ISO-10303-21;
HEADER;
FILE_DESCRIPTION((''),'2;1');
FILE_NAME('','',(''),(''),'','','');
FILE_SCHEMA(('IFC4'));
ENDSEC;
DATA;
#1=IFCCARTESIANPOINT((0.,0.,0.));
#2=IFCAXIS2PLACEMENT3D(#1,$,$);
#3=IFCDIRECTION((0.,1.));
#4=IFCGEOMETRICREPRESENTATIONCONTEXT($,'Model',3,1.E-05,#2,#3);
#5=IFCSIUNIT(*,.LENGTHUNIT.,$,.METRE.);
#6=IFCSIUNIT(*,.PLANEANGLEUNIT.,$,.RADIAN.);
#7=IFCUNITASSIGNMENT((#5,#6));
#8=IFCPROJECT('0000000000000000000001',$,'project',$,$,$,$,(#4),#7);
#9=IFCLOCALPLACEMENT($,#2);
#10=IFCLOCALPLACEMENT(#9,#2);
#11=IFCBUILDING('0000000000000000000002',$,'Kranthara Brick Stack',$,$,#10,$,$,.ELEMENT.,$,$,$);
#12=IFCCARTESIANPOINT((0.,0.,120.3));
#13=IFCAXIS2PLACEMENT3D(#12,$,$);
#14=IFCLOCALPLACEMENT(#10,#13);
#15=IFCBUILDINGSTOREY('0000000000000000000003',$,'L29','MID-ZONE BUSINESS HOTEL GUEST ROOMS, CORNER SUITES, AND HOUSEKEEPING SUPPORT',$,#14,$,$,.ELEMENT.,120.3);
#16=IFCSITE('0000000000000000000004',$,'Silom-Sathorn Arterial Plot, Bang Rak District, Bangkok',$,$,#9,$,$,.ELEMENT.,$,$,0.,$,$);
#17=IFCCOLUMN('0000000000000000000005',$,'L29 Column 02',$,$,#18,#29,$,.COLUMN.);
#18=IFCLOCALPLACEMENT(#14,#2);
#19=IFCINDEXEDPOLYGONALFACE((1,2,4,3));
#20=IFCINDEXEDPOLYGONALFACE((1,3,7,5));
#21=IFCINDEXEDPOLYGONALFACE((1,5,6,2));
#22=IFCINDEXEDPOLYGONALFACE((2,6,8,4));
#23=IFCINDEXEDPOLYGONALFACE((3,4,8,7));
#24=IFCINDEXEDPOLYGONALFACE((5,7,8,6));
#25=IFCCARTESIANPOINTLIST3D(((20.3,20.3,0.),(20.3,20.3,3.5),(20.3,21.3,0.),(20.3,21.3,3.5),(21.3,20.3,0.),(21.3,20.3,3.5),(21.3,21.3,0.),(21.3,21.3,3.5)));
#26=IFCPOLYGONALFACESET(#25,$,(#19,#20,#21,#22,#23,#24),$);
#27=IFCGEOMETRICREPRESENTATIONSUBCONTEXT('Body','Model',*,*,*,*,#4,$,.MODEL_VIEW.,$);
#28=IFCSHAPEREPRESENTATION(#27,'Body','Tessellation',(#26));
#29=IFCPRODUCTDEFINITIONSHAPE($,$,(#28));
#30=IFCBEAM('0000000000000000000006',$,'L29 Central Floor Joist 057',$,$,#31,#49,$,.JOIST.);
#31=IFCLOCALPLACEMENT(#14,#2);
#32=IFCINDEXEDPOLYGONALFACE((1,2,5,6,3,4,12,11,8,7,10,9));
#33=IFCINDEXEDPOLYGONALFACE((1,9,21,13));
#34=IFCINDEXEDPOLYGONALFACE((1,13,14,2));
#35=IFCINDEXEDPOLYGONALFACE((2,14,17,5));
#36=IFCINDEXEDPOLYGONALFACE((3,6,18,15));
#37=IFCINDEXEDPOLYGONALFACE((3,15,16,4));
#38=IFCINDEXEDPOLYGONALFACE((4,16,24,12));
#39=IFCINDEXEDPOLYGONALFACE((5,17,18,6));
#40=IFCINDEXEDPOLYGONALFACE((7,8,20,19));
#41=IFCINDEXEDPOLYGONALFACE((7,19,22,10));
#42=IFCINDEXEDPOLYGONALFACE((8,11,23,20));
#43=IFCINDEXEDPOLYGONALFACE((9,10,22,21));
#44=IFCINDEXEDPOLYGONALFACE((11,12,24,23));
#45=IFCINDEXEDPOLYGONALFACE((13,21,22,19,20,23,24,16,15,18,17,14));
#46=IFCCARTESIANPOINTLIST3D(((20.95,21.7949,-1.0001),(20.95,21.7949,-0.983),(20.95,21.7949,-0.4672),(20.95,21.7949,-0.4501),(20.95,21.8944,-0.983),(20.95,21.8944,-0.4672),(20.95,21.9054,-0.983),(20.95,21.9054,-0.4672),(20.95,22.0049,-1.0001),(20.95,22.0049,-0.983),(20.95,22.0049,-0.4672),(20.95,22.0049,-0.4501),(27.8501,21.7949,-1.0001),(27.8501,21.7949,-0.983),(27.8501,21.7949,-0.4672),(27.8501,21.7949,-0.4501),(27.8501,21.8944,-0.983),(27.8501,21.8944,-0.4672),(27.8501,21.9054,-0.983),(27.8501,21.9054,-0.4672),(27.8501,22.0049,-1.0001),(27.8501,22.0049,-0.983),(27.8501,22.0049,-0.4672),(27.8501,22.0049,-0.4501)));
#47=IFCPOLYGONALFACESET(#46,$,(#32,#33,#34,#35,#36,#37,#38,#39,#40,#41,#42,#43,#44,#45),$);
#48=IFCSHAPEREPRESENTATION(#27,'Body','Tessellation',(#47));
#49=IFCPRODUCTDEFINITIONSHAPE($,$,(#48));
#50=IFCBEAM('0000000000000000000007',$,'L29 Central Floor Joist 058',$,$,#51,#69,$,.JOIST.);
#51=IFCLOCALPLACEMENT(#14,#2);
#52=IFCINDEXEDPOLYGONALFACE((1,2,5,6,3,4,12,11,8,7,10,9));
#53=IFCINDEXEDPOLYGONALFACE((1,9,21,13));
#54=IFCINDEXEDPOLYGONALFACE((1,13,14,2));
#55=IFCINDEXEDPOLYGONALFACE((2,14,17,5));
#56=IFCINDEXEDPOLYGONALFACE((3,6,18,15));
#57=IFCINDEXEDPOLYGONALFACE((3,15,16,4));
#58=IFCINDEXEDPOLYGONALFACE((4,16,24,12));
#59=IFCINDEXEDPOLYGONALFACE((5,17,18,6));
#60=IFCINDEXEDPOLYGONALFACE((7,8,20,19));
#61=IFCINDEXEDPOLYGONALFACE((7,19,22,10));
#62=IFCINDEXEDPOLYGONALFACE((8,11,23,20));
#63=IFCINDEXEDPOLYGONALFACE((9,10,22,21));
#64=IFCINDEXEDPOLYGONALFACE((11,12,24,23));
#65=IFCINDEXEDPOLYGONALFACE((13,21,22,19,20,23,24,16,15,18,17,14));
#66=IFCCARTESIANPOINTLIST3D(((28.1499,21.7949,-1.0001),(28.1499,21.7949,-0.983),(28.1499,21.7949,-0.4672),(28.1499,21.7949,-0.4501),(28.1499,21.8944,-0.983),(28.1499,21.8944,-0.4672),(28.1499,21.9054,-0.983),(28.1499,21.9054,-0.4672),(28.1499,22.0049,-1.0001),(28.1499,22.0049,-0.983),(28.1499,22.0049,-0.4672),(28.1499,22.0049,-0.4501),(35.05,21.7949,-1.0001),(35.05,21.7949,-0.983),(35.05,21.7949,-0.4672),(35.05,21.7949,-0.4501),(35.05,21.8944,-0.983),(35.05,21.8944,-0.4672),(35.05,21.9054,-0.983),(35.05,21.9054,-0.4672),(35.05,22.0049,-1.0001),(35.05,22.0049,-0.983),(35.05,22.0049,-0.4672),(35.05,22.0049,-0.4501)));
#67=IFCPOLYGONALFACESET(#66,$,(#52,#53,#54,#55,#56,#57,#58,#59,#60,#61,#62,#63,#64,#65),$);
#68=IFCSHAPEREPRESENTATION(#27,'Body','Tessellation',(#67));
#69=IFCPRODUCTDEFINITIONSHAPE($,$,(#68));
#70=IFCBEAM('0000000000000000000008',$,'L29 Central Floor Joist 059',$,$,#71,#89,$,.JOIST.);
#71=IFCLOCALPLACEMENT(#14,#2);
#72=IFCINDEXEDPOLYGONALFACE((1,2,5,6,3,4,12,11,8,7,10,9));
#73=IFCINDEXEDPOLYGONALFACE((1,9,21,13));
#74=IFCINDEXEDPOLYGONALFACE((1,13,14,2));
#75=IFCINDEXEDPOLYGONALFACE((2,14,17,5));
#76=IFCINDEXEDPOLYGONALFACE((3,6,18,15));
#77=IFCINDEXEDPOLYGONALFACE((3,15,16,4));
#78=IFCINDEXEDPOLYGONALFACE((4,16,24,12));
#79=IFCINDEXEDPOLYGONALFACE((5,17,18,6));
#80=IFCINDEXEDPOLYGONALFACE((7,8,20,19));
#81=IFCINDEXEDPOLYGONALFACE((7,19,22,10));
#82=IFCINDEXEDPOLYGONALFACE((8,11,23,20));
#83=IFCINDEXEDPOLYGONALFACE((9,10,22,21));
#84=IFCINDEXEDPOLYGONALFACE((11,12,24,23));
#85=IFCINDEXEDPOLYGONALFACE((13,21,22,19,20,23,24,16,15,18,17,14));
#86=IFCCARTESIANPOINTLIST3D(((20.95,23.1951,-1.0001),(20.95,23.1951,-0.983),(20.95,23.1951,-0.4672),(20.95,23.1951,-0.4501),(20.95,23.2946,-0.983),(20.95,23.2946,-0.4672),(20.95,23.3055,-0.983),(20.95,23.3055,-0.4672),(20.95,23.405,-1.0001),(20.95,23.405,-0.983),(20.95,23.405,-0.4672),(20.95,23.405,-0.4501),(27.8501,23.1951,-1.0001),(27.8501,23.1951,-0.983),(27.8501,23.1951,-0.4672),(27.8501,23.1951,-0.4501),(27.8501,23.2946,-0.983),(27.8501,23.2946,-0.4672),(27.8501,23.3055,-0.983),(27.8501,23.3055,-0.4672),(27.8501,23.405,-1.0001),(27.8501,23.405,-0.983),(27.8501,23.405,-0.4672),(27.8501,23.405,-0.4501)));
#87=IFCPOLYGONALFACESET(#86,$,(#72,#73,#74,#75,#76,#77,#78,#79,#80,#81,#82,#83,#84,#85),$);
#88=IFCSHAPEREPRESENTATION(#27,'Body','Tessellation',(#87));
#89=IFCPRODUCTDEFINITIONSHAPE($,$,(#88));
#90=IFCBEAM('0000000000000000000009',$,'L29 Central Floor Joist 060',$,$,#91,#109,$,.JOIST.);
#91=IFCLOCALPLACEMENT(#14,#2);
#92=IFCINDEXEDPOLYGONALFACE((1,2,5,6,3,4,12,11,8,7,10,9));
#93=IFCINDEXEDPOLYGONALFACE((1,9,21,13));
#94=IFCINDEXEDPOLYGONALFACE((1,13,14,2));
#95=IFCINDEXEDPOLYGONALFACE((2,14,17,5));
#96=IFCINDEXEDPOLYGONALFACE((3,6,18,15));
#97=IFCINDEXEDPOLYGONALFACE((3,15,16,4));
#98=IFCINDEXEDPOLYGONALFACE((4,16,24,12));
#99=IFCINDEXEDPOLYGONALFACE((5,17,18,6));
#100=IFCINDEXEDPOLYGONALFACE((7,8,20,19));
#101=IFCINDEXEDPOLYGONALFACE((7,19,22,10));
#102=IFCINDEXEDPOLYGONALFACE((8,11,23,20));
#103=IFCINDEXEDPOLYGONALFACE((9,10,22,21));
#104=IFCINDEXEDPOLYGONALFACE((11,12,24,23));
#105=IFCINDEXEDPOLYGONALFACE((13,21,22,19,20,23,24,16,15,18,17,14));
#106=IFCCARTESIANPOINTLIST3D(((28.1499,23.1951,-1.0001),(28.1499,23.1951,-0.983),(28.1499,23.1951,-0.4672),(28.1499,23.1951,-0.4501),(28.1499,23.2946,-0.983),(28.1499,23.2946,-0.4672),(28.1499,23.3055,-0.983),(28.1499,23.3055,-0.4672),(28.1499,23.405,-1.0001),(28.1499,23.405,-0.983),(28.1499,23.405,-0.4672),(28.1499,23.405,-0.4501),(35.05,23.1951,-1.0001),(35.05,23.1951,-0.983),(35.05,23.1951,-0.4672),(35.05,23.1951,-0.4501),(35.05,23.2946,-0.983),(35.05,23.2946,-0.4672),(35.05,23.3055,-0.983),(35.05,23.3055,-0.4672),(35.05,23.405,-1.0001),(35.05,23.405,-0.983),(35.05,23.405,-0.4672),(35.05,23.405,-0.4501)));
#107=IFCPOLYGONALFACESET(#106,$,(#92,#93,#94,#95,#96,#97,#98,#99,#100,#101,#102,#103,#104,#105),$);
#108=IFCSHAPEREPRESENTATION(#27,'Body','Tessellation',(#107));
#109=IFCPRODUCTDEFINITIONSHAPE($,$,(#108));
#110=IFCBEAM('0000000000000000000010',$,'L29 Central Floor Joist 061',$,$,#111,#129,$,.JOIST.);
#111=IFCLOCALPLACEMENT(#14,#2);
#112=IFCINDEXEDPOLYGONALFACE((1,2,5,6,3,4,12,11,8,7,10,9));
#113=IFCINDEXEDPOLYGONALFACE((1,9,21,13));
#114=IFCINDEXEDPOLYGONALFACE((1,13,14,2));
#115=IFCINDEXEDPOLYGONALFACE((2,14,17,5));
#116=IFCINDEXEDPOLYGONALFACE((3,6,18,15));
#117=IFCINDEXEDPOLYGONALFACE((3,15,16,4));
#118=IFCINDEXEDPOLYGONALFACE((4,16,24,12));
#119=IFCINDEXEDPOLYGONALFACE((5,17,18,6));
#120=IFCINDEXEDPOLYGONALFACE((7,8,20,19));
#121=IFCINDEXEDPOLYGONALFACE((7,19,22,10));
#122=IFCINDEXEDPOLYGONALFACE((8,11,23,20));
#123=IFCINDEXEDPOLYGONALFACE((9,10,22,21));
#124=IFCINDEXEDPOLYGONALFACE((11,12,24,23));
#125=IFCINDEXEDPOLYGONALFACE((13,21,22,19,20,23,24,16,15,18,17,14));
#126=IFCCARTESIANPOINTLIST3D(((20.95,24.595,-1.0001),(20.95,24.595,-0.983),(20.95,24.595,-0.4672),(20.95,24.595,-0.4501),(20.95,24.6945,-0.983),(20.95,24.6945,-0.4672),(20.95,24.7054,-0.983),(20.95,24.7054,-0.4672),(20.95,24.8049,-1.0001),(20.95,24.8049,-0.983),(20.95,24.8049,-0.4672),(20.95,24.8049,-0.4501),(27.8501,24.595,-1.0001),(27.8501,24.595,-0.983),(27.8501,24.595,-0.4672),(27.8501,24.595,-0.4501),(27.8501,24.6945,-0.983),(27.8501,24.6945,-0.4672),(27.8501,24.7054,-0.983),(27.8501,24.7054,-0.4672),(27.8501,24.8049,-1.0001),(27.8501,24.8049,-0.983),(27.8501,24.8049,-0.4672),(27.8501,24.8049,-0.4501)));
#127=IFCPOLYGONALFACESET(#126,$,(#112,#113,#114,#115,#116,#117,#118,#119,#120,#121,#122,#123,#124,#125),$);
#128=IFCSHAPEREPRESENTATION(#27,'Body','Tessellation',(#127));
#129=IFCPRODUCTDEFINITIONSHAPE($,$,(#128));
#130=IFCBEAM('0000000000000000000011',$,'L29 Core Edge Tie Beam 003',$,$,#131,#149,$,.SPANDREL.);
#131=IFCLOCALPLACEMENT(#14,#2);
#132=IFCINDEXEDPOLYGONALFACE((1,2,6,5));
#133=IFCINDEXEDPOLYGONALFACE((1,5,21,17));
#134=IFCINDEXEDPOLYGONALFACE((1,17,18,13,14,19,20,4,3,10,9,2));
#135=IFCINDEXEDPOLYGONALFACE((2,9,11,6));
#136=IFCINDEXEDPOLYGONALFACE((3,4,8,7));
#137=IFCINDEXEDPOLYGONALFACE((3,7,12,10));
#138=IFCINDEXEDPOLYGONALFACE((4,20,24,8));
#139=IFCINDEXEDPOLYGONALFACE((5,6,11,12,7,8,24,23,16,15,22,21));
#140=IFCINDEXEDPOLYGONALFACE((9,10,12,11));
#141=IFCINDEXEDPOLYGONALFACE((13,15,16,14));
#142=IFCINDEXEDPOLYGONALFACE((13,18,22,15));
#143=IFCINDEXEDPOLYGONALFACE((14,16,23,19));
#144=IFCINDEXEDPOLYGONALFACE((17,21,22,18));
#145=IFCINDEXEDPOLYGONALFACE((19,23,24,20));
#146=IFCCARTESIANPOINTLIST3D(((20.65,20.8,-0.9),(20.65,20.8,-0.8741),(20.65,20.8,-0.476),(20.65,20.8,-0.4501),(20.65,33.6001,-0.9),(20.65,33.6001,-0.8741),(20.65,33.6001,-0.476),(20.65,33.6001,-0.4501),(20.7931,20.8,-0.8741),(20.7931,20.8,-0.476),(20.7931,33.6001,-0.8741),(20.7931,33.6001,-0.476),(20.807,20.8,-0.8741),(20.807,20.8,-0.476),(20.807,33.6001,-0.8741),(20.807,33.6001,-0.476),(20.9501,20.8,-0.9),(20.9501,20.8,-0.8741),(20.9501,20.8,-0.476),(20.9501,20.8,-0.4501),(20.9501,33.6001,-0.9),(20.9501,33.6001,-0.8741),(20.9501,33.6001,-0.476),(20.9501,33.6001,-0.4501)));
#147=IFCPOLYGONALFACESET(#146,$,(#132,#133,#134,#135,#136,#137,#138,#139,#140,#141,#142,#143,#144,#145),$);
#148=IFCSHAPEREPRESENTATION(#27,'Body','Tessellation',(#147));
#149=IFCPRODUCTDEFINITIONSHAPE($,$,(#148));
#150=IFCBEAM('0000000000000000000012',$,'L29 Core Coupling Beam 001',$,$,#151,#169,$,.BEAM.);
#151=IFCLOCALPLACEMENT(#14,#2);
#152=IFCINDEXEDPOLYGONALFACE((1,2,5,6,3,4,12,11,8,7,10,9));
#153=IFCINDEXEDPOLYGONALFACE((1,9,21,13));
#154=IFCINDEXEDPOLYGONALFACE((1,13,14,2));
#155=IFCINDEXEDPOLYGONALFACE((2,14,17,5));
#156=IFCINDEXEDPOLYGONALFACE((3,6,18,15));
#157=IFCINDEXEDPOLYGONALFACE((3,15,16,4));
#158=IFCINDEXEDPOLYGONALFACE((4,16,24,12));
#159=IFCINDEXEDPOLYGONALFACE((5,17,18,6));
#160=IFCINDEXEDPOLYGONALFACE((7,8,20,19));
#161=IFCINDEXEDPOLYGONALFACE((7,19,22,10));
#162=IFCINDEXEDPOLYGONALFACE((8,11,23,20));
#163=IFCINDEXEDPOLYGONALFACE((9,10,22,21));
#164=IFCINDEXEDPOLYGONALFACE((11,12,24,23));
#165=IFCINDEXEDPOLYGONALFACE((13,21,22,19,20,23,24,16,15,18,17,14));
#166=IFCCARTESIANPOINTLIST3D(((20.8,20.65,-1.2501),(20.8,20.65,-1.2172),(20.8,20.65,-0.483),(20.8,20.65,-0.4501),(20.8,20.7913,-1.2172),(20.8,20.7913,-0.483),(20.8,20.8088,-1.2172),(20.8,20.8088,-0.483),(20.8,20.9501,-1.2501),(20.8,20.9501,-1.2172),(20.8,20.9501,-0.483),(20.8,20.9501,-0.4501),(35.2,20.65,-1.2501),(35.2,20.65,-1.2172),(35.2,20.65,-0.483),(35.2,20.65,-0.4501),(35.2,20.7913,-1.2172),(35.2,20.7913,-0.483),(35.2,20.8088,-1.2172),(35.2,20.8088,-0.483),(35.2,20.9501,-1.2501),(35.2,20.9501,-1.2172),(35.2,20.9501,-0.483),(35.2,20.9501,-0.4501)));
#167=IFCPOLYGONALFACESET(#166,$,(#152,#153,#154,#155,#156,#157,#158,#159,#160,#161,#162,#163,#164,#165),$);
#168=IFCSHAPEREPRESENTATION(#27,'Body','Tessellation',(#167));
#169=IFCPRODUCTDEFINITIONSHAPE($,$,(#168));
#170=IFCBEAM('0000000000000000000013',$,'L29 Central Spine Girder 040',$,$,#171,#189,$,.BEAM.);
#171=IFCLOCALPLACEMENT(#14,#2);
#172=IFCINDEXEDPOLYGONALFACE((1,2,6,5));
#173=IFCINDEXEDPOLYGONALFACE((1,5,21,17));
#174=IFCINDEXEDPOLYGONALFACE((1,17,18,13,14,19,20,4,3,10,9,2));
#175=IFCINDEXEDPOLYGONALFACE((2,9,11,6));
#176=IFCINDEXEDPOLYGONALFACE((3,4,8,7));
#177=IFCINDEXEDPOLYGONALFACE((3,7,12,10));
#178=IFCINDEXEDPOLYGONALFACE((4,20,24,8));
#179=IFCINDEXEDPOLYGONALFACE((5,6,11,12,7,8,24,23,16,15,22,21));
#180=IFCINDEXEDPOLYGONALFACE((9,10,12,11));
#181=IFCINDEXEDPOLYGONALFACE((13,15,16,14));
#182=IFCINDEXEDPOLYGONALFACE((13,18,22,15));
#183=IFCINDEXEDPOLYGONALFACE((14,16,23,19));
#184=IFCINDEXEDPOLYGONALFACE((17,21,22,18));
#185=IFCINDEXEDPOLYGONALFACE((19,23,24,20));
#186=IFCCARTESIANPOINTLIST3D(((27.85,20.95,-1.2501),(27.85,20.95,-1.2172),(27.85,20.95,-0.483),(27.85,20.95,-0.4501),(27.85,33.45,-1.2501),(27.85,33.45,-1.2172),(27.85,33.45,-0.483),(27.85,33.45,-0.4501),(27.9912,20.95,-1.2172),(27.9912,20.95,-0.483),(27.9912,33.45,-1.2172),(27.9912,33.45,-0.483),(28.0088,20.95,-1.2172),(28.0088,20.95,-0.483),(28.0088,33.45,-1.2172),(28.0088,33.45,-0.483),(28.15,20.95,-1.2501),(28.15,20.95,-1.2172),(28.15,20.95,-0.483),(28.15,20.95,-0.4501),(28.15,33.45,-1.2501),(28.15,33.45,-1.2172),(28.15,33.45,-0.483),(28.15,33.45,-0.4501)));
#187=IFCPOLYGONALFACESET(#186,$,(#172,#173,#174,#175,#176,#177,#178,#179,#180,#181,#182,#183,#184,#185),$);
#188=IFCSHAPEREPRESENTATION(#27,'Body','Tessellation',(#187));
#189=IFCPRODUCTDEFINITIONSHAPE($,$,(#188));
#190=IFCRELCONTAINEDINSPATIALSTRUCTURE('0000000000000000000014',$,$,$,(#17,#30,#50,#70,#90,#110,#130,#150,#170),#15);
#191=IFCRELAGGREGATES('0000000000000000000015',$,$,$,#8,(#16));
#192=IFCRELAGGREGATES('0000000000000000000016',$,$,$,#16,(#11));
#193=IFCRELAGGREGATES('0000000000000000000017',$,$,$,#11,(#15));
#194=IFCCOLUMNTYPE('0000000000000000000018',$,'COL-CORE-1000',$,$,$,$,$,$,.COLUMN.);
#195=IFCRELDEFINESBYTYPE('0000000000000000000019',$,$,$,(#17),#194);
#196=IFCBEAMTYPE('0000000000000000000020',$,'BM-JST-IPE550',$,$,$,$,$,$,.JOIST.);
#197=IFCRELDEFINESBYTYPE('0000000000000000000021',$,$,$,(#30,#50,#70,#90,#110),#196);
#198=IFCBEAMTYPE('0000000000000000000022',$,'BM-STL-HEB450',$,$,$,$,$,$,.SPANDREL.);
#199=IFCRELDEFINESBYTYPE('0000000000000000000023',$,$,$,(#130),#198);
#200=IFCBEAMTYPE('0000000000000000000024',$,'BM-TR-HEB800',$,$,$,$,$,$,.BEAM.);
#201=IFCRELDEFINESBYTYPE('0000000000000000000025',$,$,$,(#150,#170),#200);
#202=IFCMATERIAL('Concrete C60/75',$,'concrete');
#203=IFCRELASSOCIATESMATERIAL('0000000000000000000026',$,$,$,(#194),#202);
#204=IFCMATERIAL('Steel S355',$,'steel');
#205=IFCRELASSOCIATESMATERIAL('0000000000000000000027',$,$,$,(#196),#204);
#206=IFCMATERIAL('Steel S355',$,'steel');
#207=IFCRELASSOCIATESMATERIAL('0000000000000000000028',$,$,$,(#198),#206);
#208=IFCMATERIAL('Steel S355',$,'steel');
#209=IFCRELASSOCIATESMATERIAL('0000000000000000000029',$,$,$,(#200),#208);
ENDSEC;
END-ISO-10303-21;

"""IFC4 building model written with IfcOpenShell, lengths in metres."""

from ifc_helpers import new_model, si_unit, direction, frame, origin, origin_2d, place, context, subcontext, project, spatial, rectangle, i_section, extrude, material, material_profile, profile_set, type_object, element, save


model = new_model("IFC4")

# Units and contexts
model_context = context("Model", 3, precision=1e-05, world=origin(), true_north=direction((0.0, 1.0)))
body_context = subcontext(model_context, "Body", "Model", "MODEL_VIEW")
ifc_project = project(units=[si_unit("LENGTHUNIT", "METRE"), si_unit("PLANEANGLEUNIT", "RADIAN")], contexts=[model_context])

# Site, building, storey
site_placement = place(None, origin())
site = spatial("IfcSite", under=ifc_project, at=site_placement, Name="Silom-Sathorn Arterial Plot, Bang Rak District, Bangkok", CompositionType="ELEMENT", RefElevation=0.0)
building_placement = place(site_placement, origin())
building = spatial("IfcBuilding", under=site, at=building_placement, Name="Kranthara Brick Stack", CompositionType="ELEMENT")
storey_placement = place(building_placement, frame((0.0, 0.0, 120.3)))
storey = spatial("IfcBuildingStorey", under=building, at=storey_placement, Name="L29", Description="MID-ZONE BUSINESS HOTEL GUEST ROOMS, CORNER SUITES, AND HOUSEKEEPING SUPPORT", CompositionType="ELEMENT", Elevation=120.3)

# Column
ifc_material_1 = material(Name="Concrete C60/75", Category="concrete")
ifc_material_profile_1 = material_profile(ifc_material_1, rectangle(XDim=1.0, YDim=1.0, at=origin_2d()), Name="RC 1000x1000")
ifc_profile_set_1 = profile_set([ifc_material_profile_1], Name="Concrete C60/75")
column_type = type_object("IfcColumnType", Name="COL-CORE-1000", PredefinedType="COLUMN", material=ifc_profile_set_1)
column_placement = place(storey_placement, frame((20.8, 20.8, 0.0), z_axis=(0.0, 0.0, 1.0), x_axis=(1.0, 0.0, 0.0)))
element("IfcColumn", 1, at=column_placement, inside=storey, type_object=column_type, Name="L29 Column 02", PredefinedType="COLUMN", context=body_context, shape_type="SweptSolid", body=[
    extrude(rectangle(XDim=1.0, YDim=1.0, at=origin_2d()), origin(), (0.0, 0.0, 1.0), 3.5),
])

# Beams
ifc_material_2 = material(Name="Steel S355", Category="steel")
ifc_material_profile_2 = material_profile(ifc_material_2, i_section(OverallWidth=0.21, OverallDepth=0.55, WebThickness=0.011, FlangeThickness=0.0171, at=origin_2d()), Name="IPE 550")
ifc_profile_set_2 = profile_set([ifc_material_profile_2], Name="Steel S355")
beam_type_1 = type_object("IfcBeamType", Name="BM-JST-IPE550", PredefinedType="JOIST", material=ifc_profile_set_2)
for number, where, z_axis, x_axis, name in (
    (2, (20.95, 21.8999, -0.7251), (1.0, 0.0, 0.0), (0.0, 1.0, 0.0), "L29 Central Floor Joist 057"),
    (3, (28.1499, 21.8999, -0.7251), (1.0, 0.0, 0.0), (0.0, 1.0, 0.0), "L29 Central Floor Joist 058"),
    (4, (20.95, 23.3, -0.7251), (1.0, 0.0, 0.0), (0.0, 1.0, 0.0), "L29 Central Floor Joist 059"),
    (5, (28.1499, 23.3, -0.7251), (1.0, 0.0, 0.0), (0.0, 1.0, 0.0), "L29 Central Floor Joist 060"),
    (6, (20.95, 24.7, -0.7251), (1.0, 0.0, 0.0), (0.0, 1.0, 0.0), "L29 Central Floor Joist 061"),
):
    element("IfcBeam", number, at=place(storey_placement, frame(where, z_axis=z_axis, x_axis=x_axis)), inside=storey, type_object=beam_type_1, Name=name, PredefinedType="JOIST", context=body_context, shape_type="SweptSolid", body=[
        extrude(i_section(OverallWidth=0.21, OverallDepth=0.55, WebThickness=0.011, FlangeThickness=0.0171, at=origin_2d()), origin(), (0.0, 0.0, 1.0), 6.9001),
    ])
ifc_material_3 = material(Name="Steel S355", Category="steel")
ifc_material_profile_3 = material_profile(ifc_material_3, i_section(OverallWidth=0.3, OverallDepth=0.45, WebThickness=0.0139, FlangeThickness=0.0259, at=origin_2d()), Name="HEB 450")
ifc_profile_set_3 = profile_set([ifc_material_profile_3], Name="Steel S355")
beam_type_2 = type_object("IfcBeamType", Name="BM-STL-HEB450", PredefinedType="SPANDREL", material=ifc_profile_set_3)
beam_1_placement = place(storey_placement, frame((20.8, 20.8, -0.675), z_axis=(0.0, 1.0, 0.0), x_axis=(-1.0, 0.0, 0.0)))
element("IfcBeam", 7, at=beam_1_placement, inside=storey, type_object=beam_type_2, Name="L29 Core Edge Tie Beam 003", PredefinedType="SPANDREL", context=body_context, shape_type="SweptSolid", body=[
    extrude(i_section(OverallWidth=0.3, OverallDepth=0.45, WebThickness=0.0139, FlangeThickness=0.0259, at=origin_2d()), origin(), (0.0, 0.0, 1.0), 12.8),
])
ifc_material_4 = material(Name="Steel S355", Category="steel")
ifc_material_profile_4 = material_profile(ifc_material_4, i_section(OverallWidth=0.3, OverallDepth=0.8, WebThickness=0.0176, FlangeThickness=0.033, at=origin_2d()), Name="HEB 800")
ifc_profile_set_4 = profile_set([ifc_material_profile_4], Name="Steel S355")
beam_type_3 = type_object("IfcBeamType", Name="BM-TR-HEB800", PredefinedType="BEAM", material=ifc_profile_set_4)
beam_2_placement = place(storey_placement, frame((20.8, 20.8, -0.8501), z_axis=(1.0, 0.0, 0.0), x_axis=(0.0, 1.0, 0.0)))
element("IfcBeam", 8, at=beam_2_placement, inside=storey, type_object=beam_type_3, Name="L29 Core Coupling Beam 001", PredefinedType="BEAM", context=body_context, shape_type="SweptSolid", body=[
    extrude(i_section(OverallWidth=0.3, OverallDepth=0.8, WebThickness=0.0176, FlangeThickness=0.033, at=origin_2d()), origin(), (0.0, 0.0, 1.0), 14.3999),
])
beam_3_placement = place(storey_placement, frame((28.0, 20.95, -0.8501), z_axis=(0.0, 1.0, 0.0), x_axis=(-1.0, 0.0, 0.0)))
element("IfcBeam", 9, at=beam_3_placement, inside=storey, type_object=beam_type_3, Name="L29 Central Spine Girder 040", PredefinedType="BEAM", context=body_context, shape_type="SweptSolid", body=[
    extrude(i_section(OverallWidth=0.3, OverallDepth=0.8, WebThickness=0.0176, FlangeThickness=0.033, at=origin_2d()), origin(), (0.0, 0.0, 1.0), 12.5),
])

save(model, "model.ifc")
